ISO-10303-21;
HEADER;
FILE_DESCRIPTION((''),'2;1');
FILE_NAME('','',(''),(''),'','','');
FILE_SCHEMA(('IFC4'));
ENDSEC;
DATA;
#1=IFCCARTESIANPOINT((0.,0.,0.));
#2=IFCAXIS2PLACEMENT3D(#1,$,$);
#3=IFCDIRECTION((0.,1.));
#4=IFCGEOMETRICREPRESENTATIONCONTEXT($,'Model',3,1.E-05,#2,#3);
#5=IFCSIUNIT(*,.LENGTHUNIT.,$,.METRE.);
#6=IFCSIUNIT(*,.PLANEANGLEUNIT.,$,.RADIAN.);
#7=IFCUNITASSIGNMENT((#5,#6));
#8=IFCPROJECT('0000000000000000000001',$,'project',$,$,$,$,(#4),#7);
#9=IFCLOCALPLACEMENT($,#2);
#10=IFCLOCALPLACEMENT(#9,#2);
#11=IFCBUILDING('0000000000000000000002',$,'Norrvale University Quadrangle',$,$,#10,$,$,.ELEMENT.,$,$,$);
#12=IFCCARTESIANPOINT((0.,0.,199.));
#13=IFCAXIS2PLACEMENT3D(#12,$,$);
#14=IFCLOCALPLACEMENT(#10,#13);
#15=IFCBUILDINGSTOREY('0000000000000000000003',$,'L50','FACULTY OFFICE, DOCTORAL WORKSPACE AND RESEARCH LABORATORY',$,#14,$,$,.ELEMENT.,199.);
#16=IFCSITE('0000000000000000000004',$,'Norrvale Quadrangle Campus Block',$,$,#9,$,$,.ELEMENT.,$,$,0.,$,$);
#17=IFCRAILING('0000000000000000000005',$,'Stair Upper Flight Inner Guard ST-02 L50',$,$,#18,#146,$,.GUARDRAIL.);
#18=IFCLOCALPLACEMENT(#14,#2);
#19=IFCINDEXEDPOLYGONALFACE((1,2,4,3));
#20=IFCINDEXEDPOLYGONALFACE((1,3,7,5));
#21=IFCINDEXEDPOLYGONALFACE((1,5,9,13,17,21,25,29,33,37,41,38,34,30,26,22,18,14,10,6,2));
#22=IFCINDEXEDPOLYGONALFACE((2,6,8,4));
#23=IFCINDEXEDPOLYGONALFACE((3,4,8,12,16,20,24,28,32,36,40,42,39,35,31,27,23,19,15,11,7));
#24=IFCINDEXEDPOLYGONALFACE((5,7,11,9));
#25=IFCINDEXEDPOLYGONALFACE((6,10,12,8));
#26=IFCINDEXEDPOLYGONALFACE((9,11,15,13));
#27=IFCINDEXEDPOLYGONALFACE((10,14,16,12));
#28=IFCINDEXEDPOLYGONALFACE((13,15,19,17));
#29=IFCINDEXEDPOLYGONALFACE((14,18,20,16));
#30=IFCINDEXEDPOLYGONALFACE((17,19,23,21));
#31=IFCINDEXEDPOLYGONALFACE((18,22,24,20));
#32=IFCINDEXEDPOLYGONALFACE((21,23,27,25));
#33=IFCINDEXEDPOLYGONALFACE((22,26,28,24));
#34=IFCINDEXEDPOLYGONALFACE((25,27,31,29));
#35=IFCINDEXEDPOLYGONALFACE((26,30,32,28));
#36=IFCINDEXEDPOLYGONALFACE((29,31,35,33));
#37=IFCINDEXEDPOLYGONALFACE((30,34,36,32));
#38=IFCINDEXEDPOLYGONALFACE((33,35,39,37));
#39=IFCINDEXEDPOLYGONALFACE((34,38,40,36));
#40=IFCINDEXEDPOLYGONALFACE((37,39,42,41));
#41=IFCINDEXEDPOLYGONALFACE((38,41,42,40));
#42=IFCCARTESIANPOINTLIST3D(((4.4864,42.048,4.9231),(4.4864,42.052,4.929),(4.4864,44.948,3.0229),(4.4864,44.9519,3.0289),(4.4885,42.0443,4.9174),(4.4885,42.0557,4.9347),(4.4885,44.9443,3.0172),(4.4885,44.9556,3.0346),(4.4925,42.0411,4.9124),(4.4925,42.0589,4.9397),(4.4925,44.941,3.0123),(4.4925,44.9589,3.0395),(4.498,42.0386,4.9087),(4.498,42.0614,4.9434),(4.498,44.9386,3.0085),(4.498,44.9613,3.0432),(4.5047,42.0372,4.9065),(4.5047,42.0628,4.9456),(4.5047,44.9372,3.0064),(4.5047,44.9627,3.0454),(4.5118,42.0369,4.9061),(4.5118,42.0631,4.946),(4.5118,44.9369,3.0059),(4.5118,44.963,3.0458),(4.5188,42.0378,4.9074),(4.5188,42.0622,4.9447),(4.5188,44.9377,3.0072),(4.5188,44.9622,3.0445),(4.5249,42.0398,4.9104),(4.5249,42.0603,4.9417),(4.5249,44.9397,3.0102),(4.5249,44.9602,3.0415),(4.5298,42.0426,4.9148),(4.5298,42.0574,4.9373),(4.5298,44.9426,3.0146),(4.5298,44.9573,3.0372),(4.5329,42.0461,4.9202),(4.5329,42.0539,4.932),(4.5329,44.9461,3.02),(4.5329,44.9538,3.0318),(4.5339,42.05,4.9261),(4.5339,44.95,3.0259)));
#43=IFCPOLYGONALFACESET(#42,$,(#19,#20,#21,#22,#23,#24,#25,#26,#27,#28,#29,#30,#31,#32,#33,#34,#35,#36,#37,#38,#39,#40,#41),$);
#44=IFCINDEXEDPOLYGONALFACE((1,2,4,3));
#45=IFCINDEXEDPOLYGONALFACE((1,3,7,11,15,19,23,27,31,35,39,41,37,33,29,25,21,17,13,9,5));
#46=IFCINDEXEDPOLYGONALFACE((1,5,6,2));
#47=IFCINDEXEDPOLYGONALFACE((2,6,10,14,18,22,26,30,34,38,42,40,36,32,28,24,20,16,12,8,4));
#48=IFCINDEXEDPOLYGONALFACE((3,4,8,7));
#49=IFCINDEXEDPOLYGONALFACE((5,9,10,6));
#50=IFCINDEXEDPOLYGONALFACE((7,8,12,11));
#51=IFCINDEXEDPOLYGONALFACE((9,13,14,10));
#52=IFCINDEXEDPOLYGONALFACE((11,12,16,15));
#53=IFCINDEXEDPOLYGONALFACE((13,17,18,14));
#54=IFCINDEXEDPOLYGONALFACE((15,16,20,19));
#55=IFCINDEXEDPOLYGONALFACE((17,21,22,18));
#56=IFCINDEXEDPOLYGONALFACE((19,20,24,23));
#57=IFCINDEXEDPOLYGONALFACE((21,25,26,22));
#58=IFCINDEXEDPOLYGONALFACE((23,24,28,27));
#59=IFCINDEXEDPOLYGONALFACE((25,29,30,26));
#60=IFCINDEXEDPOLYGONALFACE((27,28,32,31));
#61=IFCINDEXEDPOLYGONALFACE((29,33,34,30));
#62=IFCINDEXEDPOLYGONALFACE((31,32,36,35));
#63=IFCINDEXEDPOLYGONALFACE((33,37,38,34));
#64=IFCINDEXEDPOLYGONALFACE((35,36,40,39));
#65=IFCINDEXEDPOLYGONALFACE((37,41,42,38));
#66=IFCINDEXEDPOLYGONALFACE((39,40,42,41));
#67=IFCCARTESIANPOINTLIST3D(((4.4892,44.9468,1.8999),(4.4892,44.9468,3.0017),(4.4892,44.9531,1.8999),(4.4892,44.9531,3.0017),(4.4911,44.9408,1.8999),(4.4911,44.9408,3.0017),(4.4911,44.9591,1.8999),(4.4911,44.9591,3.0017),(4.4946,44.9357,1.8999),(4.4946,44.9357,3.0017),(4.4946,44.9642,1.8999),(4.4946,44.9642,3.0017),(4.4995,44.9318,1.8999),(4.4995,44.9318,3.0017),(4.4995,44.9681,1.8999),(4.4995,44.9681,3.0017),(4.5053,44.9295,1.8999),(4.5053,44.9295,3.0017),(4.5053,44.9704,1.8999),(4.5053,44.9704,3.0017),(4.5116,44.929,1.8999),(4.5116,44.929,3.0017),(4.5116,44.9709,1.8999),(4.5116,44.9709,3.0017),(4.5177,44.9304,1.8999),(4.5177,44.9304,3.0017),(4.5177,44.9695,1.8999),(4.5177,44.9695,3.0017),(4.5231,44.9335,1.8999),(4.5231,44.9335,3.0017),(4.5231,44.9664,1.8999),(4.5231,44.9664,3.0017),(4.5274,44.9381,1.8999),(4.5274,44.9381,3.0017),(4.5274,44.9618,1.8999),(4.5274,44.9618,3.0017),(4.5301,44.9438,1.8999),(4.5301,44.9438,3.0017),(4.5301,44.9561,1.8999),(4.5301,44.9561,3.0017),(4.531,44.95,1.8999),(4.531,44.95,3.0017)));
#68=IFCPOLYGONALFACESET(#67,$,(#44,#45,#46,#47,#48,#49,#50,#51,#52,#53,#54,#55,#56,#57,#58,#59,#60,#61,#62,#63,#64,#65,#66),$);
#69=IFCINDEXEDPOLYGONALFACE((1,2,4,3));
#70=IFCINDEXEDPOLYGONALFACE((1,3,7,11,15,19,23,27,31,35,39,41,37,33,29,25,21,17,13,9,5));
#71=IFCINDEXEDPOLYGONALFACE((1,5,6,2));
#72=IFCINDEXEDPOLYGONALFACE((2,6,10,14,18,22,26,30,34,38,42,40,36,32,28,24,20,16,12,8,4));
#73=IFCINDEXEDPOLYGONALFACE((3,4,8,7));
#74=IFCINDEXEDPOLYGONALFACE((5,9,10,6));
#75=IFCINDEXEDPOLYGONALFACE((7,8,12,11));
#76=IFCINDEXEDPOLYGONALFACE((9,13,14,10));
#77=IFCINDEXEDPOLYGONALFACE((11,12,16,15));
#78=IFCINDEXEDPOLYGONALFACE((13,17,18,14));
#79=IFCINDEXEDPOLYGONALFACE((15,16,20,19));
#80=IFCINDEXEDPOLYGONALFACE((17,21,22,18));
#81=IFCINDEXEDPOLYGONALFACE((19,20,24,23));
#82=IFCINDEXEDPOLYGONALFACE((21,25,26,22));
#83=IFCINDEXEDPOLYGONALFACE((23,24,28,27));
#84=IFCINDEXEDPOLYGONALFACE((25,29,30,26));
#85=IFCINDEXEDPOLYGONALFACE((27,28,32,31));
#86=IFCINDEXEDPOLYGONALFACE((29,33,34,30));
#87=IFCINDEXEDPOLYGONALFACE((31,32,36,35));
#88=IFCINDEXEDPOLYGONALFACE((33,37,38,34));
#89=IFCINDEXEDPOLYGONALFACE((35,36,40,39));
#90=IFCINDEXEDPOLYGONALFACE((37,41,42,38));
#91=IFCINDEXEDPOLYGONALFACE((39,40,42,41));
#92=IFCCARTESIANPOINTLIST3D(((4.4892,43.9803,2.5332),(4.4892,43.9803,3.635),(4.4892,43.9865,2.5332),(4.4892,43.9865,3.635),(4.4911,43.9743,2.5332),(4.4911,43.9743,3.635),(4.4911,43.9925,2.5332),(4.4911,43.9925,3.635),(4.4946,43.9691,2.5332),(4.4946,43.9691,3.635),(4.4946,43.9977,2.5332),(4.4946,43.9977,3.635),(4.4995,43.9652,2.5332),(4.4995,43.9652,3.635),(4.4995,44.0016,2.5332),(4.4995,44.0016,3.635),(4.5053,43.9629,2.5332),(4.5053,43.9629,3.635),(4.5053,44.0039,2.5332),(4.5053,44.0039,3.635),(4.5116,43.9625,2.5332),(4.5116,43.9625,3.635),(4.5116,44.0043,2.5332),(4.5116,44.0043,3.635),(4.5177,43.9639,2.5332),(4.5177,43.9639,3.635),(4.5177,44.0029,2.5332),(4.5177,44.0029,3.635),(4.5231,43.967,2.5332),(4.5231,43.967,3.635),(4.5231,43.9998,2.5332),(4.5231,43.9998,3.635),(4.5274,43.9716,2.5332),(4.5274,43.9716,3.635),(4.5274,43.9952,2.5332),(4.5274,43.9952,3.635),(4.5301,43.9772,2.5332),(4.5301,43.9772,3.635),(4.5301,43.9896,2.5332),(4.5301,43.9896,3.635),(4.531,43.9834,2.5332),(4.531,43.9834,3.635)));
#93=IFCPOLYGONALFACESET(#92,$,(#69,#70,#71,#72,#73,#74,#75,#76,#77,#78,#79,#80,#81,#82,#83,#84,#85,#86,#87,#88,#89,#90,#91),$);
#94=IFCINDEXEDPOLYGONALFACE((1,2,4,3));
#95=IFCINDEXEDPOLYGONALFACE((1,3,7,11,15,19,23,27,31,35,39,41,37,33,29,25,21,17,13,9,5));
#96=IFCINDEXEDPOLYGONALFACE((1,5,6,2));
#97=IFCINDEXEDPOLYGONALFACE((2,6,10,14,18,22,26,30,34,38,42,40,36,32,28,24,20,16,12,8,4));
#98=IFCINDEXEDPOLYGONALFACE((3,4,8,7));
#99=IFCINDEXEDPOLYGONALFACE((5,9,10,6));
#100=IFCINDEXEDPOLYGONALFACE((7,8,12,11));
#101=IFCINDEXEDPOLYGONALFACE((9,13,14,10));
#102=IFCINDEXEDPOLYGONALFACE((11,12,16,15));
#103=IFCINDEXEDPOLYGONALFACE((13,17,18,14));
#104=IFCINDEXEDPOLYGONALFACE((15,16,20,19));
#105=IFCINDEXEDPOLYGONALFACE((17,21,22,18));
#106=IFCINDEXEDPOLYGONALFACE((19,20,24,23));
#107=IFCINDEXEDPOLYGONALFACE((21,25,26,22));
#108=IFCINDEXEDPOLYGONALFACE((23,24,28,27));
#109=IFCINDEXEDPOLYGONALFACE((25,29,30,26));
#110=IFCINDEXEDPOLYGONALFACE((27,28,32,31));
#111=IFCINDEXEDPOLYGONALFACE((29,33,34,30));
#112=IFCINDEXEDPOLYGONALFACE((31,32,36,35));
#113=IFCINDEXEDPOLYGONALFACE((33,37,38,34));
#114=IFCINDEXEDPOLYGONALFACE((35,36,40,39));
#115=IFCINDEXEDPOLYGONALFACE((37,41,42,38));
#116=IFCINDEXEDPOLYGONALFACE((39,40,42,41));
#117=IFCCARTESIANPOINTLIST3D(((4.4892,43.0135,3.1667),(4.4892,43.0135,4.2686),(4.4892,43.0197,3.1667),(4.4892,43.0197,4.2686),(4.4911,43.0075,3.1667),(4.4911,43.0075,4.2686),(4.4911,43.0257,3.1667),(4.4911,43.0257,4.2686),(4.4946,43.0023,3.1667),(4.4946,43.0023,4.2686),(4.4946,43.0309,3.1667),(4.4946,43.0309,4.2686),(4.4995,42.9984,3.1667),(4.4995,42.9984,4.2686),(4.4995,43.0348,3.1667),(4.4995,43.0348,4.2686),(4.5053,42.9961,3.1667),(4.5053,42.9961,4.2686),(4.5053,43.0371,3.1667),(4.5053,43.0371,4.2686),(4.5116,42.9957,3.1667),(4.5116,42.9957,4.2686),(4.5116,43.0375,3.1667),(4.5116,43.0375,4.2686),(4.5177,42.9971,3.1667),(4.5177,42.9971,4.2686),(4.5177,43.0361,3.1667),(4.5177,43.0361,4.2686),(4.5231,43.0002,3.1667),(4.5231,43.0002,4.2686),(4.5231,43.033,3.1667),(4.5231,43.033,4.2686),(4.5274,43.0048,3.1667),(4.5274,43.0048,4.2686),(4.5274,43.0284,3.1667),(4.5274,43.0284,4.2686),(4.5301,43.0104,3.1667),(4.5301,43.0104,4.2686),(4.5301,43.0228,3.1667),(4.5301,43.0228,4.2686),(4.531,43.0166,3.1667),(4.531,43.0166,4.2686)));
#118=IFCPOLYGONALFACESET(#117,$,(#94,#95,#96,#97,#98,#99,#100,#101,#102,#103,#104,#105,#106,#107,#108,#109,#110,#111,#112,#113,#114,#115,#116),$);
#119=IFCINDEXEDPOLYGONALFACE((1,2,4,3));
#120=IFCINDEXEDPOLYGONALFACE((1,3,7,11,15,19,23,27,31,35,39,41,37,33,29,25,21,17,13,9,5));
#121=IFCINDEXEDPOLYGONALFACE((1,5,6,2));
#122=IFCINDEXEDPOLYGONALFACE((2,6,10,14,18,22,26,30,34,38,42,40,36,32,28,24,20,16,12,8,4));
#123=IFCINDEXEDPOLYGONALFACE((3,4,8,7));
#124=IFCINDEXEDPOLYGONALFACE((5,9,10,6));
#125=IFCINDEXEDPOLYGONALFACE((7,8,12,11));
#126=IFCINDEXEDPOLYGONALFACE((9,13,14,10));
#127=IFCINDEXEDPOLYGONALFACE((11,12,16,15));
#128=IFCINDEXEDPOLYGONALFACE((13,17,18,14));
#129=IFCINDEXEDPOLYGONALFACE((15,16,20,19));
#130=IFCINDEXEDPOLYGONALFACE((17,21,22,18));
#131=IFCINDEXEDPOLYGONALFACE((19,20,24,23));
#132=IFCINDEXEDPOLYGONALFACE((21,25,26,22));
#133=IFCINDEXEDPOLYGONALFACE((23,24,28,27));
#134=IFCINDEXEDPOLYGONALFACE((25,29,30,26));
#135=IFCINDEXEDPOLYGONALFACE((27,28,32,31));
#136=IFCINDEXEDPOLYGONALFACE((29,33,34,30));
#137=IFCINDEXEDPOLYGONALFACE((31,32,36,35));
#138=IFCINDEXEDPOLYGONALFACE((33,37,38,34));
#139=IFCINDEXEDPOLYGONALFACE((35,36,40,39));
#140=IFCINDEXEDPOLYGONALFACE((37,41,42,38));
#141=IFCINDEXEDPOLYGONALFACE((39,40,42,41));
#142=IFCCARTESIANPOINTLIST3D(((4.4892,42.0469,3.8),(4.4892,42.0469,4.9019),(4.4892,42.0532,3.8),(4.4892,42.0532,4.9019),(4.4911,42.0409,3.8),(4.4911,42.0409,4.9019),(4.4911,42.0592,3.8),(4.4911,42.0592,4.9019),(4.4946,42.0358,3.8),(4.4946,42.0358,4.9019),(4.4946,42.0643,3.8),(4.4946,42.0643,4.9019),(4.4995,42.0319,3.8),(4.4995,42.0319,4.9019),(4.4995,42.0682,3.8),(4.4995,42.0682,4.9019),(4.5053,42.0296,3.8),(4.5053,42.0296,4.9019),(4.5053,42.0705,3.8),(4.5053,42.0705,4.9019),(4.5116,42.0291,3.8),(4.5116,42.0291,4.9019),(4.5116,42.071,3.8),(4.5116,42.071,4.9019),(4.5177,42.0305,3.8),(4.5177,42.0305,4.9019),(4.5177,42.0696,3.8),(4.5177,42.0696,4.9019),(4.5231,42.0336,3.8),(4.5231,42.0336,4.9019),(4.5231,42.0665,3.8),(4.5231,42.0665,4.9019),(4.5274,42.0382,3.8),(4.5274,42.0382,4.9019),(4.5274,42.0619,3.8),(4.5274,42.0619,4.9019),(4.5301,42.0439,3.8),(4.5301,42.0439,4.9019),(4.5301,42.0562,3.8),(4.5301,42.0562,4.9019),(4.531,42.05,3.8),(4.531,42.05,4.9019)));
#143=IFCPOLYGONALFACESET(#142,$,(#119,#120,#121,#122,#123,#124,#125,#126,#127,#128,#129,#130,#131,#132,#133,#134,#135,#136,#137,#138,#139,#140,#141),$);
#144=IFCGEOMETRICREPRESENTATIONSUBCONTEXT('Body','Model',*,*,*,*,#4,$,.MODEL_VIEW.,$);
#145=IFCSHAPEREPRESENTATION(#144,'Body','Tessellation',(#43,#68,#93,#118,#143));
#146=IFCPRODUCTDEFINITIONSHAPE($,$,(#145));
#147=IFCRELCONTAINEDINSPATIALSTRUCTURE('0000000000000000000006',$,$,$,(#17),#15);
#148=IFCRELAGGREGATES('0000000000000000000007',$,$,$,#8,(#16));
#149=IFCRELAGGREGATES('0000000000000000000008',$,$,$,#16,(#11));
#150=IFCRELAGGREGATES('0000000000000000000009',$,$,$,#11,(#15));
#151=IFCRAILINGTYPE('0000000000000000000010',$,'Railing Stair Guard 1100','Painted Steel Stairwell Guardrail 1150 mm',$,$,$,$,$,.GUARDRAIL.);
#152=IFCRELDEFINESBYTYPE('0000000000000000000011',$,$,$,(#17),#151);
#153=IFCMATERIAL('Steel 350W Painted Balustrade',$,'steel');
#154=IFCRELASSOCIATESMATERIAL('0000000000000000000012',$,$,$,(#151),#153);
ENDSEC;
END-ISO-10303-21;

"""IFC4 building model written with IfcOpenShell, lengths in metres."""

from ifc_helpers import new_model, si_unit, direction, frame, origin, origin_2d, place, context, subcontext, project, spatial, circle, extrude, material, type_object, element, save


model = new_model("IFC4")

# Units and contexts
model_context = context("Model", 3, precision=1e-05, world=origin(), true_north=direction((0.0, 1.0)))
body_context = subcontext(model_context, "Body", "Model", "MODEL_VIEW")
ifc_project = project(units=[si_unit("LENGTHUNIT", "METRE"), si_unit("PLANEANGLEUNIT", "RADIAN")], contexts=[model_context])

# Site, building, storey
site_placement = place(None, origin())
site = spatial("IfcSite", under=ifc_project, at=site_placement, Name="Norrvale Quadrangle Campus Block", CompositionType="ELEMENT", RefElevation=0.0)
building_placement = place(site_placement, origin())
building = spatial("IfcBuilding", under=site, at=building_placement, Name="Norrvale University Quadrangle", CompositionType="ELEMENT")
storey_placement = place(building_placement, frame((0.0, 0.0, 199.0)))
storey = spatial("IfcBuildingStorey", under=building, at=storey_placement, Name="L50", Description="FACULTY OFFICE, DOCTORAL WORKSPACE AND RESEARCH LABORATORY", CompositionType="ELEMENT", Elevation=199.0)

# Railing
ifc_material_1 = material(Name="Steel 350W Painted Balustrade", Category="steel")
railing_type_1 = type_object("IfcRailingType", Name="Railing Stair Guard 1100", Description="Painted Steel Stairwell Guardrail 1150 mm", PredefinedType="GUARDRAIL", material=ifc_material_1)
railing_1_placement = place(storey_placement, frame((4.51, 44.95, 1.8999)))
element("IfcRailing", 1, at=railing_1_placement, inside=storey, type_object=railing_type_1, Name="Stair Upper Flight Inner Guard ST-02 L50", PredefinedType="GUARDRAIL", context=body_context, shape_type="SweptSolid", body=[
    extrude(circle(Radius=0.0239, at=origin_2d()), frame((0.0, 0.0, 1.126), z_axis=(0.0, -0.836433, 0.548069), x_axis=(1.0, 0.0, 0.0)), (0.0, 0.0, 1.0), 3.467),
    extrude(circle(Radius=0.021, at=origin_2d()), origin(), (0.0, 0.0, 1.0), 1.1018),
    extrude(circle(Radius=0.021, at=origin_2d()), frame((0.0, -0.9666, 0.6333)), (0.0, 0.0, 1.0), 1.1018),
    extrude(circle(Radius=0.021, at=origin_2d()), frame((0.0, -1.9333, 1.2668)), (0.0, 0.0, 1.0), 1.1018),
    extrude(circle(Radius=0.021, at=origin_2d()), frame((0.0, -2.8999, 1.9001)), (0.0, 0.0, 1.0), 1.1018),
])

save(model, "model.ifc")
